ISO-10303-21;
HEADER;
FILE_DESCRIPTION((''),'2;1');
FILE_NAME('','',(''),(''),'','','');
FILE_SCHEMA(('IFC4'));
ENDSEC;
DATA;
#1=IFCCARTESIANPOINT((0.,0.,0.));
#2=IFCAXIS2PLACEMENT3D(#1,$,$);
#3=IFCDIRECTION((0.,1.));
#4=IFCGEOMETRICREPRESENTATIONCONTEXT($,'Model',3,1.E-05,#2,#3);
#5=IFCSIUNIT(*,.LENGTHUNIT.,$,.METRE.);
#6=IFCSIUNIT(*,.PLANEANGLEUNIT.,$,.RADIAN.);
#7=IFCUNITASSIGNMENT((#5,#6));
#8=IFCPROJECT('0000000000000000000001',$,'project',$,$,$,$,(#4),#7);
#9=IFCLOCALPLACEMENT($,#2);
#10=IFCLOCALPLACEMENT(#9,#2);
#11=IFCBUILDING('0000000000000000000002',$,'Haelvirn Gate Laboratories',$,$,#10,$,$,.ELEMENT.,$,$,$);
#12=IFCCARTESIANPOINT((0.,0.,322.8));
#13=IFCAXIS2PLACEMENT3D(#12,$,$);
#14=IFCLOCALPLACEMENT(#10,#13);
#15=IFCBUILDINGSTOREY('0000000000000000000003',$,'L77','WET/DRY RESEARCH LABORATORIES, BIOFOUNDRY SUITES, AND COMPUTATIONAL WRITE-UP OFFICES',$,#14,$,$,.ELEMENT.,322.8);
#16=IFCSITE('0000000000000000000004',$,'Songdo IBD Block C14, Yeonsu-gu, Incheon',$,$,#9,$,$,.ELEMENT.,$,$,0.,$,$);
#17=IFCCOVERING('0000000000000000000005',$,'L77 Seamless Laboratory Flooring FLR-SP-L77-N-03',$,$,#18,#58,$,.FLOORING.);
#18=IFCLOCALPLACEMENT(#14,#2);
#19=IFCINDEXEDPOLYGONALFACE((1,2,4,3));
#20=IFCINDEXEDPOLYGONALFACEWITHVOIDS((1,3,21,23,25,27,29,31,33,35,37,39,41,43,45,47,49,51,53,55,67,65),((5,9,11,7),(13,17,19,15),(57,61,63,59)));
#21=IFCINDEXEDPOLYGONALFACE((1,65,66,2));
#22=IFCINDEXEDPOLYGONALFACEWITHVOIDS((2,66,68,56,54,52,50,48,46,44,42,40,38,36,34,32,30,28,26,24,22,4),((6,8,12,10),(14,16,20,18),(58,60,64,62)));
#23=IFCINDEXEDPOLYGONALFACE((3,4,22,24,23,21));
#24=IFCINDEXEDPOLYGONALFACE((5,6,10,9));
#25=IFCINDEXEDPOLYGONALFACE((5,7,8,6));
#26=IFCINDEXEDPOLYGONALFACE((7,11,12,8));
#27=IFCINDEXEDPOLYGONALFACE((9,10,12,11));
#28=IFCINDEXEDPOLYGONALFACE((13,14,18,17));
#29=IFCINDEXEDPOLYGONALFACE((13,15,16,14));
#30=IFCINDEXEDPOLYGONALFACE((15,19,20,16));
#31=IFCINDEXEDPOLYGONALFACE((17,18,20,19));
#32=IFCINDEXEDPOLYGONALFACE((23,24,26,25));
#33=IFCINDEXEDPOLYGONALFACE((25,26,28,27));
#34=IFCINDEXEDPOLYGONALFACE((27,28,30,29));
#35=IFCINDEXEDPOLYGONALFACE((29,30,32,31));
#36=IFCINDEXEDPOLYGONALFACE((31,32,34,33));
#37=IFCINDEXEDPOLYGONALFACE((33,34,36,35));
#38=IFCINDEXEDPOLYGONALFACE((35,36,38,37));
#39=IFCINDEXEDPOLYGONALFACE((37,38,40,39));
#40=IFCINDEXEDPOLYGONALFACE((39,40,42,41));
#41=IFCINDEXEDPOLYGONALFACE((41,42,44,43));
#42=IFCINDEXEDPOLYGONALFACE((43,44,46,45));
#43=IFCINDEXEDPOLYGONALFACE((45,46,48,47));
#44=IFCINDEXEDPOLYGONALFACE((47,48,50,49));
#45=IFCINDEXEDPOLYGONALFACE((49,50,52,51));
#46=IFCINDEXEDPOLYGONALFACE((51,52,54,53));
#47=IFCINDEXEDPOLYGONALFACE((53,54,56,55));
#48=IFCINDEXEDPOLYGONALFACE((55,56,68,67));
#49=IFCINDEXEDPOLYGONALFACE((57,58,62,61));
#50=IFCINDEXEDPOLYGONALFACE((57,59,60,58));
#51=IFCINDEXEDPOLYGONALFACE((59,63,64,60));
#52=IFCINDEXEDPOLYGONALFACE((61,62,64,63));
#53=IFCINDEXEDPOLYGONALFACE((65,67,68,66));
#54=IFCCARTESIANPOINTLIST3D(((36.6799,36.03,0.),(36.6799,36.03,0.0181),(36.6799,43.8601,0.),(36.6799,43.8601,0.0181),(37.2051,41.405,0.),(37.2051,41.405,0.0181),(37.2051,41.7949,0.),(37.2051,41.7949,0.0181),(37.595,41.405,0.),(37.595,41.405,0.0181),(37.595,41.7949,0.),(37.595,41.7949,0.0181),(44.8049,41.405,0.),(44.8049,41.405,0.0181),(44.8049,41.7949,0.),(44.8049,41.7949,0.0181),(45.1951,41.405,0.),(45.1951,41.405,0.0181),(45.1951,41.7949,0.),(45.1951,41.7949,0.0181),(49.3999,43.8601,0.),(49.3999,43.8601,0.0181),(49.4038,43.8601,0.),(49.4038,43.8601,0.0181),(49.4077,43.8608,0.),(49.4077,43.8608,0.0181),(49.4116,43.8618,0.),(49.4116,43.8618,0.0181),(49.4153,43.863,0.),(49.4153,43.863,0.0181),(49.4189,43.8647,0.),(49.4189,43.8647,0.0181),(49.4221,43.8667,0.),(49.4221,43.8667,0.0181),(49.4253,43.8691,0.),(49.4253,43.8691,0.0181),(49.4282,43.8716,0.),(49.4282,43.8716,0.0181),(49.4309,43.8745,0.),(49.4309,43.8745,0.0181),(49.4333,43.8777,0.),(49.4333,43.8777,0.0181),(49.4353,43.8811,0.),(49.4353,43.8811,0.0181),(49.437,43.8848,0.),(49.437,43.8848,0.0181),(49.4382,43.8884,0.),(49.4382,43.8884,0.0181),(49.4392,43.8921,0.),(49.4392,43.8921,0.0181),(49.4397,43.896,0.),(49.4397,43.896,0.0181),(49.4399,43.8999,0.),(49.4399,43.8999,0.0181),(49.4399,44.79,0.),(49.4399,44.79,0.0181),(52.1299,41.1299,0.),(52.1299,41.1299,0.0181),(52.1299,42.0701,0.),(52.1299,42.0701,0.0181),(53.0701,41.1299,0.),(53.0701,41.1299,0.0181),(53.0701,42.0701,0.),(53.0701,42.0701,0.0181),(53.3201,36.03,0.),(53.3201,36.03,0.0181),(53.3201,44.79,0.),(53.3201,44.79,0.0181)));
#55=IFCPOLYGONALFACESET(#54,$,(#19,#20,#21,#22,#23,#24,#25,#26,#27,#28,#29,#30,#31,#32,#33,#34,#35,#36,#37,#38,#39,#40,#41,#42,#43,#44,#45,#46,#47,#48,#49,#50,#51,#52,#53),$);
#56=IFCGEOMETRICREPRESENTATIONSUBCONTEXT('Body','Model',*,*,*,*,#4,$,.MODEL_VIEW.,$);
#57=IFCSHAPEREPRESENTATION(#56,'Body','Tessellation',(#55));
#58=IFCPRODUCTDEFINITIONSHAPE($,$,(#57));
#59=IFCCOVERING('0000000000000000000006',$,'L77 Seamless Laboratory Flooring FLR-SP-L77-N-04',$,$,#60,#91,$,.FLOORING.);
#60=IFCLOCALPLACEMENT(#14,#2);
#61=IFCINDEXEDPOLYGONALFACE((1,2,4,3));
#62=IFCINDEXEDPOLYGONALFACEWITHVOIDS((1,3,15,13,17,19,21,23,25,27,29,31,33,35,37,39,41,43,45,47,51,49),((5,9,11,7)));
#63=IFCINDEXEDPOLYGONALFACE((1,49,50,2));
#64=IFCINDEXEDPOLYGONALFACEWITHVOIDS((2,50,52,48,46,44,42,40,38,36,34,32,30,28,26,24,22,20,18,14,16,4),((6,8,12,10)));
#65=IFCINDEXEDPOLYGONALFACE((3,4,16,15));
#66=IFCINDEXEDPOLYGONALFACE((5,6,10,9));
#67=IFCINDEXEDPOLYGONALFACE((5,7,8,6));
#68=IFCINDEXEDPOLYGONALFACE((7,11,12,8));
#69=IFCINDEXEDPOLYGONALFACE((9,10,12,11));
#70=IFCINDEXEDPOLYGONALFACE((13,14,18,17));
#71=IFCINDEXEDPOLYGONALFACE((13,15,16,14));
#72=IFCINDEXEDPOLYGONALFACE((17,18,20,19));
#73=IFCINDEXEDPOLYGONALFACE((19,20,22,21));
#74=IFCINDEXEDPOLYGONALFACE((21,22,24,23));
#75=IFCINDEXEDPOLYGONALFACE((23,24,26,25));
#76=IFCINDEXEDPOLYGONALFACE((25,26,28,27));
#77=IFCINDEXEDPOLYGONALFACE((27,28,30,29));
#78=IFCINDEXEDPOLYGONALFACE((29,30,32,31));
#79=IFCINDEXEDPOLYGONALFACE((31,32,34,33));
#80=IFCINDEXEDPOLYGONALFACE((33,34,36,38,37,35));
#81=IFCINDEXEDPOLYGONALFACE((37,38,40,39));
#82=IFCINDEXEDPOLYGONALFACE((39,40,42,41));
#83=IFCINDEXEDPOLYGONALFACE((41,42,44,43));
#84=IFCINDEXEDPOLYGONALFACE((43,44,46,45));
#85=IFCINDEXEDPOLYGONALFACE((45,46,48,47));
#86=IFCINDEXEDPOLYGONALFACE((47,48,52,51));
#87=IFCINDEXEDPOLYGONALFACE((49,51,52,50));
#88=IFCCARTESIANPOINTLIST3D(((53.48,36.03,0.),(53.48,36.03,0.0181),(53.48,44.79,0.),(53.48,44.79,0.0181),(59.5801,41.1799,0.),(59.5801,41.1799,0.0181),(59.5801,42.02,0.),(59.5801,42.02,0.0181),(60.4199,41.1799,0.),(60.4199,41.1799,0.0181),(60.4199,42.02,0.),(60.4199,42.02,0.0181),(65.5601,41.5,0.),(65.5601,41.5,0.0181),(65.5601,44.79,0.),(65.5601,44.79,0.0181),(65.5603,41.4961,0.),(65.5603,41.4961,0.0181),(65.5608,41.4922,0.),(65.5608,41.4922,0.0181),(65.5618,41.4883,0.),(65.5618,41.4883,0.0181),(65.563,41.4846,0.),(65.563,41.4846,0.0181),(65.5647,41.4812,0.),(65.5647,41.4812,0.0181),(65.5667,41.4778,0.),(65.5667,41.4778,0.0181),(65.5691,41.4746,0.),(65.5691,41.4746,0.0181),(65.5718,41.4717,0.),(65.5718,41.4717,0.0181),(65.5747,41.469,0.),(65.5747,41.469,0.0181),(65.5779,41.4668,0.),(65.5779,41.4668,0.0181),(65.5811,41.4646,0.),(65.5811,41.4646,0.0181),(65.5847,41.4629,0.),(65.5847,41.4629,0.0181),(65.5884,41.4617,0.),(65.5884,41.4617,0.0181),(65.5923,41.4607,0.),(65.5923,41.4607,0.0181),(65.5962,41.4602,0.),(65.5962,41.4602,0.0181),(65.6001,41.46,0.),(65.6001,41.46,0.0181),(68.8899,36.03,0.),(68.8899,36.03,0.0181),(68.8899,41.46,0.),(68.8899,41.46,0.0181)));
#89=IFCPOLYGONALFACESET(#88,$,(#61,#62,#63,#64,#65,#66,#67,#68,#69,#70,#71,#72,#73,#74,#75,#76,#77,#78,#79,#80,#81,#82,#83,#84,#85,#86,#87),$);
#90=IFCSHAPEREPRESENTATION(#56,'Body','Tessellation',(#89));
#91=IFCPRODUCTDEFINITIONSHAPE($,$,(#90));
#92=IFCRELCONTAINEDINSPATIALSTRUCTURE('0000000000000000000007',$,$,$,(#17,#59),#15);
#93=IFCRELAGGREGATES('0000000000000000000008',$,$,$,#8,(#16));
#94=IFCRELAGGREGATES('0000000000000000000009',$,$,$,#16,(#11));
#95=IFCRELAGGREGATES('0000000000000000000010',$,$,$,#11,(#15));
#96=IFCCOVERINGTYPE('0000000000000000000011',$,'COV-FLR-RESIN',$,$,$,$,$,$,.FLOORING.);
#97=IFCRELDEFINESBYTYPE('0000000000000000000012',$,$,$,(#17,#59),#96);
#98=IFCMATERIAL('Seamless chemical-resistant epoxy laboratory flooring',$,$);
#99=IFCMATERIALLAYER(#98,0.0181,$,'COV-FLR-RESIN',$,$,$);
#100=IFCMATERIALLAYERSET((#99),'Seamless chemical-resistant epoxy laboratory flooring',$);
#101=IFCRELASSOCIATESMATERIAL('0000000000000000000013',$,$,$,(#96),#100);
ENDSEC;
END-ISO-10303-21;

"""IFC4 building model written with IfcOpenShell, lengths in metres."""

from ifc_helpers import new_model, si_unit, direction, frame, origin, place, context, subcontext, project, spatial, polyline, outline, extrude, material, layer, layer_set, type_object, element, save


model = new_model("IFC4")

# Units and contexts
model_context = context("Model", 3, precision=1e-05, world=origin(), true_north=direction((0.0, 1.0)))
body_context = subcontext(model_context, "Body", "Model", "MODEL_VIEW")
ifc_project = project(units=[si_unit("LENGTHUNIT", "METRE"), si_unit("PLANEANGLEUNIT", "RADIAN")], contexts=[model_context])

# Site, building, storey
site_placement = place(None, origin())
site = spatial("IfcSite", under=ifc_project, at=site_placement, Name="Songdo IBD Block C14, Yeonsu-gu, Incheon", CompositionType="ELEMENT", RefElevation=0.0)
building_placement = place(site_placement, origin())
building = spatial("IfcBuilding", under=site, at=building_placement, Name="Haelvirn Gate Laboratories", CompositionType="ELEMENT")
storey_placement = place(building_placement, frame((0.0, 0.0, 322.8)))
storey = spatial("IfcBuildingStorey", under=building, at=storey_placement, Name="L77", Description="WET/DRY RESEARCH LABORATORIES, BIOFOUNDRY SUITES, AND COMPUTATIONAL WRITE-UP OFFICES", CompositionType="ELEMENT", Elevation=322.8)

# Coverings
ifc_material_1 = material(Name="Seamless chemical-resistant epoxy laboratory flooring")
ifc_layer_1 = layer(ifc_material_1, 0.0181, Name="COV-FLR-RESIN")
ifc_layer_set_1 = layer_set([ifc_layer_1], Name="Seamless chemical-resistant epoxy laboratory flooring")
covering_type = type_object("IfcCoveringType", Name="COV-FLR-RESIN", PredefinedType="FLOORING", material=ifc_layer_set_1)
covering_1_placement = place(storey_placement, origin())
element("IfcCovering", 1, at=covering_1_placement, inside=storey, type_object=covering_type, Name="L77 Seamless Laboratory Flooring FLR-SP-L77-N-03", PredefinedType="FLOORING", context=body_context, shape_type="SweptSolid", body=[
    extrude(outline(polyline([(49.3999, 43.8601), (49.4038, 43.8601), (49.4077, 43.8608), (49.4116, 43.8618), (49.4153, 43.863), (49.4189, 43.8647), (49.4221, 43.8667), (49.4253, 43.8691), (49.4282, 43.8716), (49.4309, 43.8745), (49.4333, 43.8777), (49.4353, 43.8811), (49.437, 43.8848), (49.4382, 43.8884), (49.4392, 43.8921), (49.4397, 43.896), (49.4399, 43.8999), (49.4399, 44.79), (53.3201, 44.79), (53.3201, 36.03), (36.6799, 36.03), (36.6799, 43.8601), (49.3999, 43.8601)]), holes=[polyline([(53.0701, 41.1299), (53.0701, 42.0701), (52.1299, 42.0701), (52.1299, 41.1299), (53.0701, 41.1299)]), polyline([(37.2051, 41.405), (37.595, 41.405), (37.595, 41.7949), (37.2051, 41.7949), (37.2051, 41.405)]), polyline([(44.8049, 41.7949), (44.8049, 41.405), (45.1951, 41.405), (45.1951, 41.7949), (44.8049, 41.7949)])]), origin(), (0.0, 0.0, 1.0), 0.0181),
])
covering_2_placement = place(storey_placement, origin())
element("IfcCovering", 2, at=covering_2_placement, inside=storey, type_object=covering_type, Name="L77 Seamless Laboratory Flooring FLR-SP-L77-N-04", PredefinedType="FLOORING", context=body_context, shape_type="SweptSolid", body=[
    extrude(outline(polyline([(53.48, 44.79), (65.5601, 44.79), (65.5601, 41.5), (65.5603, 41.4961), (65.5608, 41.4922), (65.5618, 41.4883), (65.563, 41.4846), (65.5647, 41.4812), (65.5667, 41.4778), (65.5691, 41.4746), (65.5718, 41.4717), (65.5747, 41.469), (65.5779, 41.4668), (65.5811, 41.4646), (65.5847, 41.4629), (65.5884, 41.4617), (65.5923, 41.4607), (65.5962, 41.4602), (65.6001, 41.46), (68.8899, 41.46), (68.8899, 36.03), (53.48, 36.03), (53.48, 44.79)]), holes=[polyline([(59.5801, 42.02), (59.5801, 41.1799), (60.4199, 41.1799), (60.4199, 42.02), (59.5801, 42.02)])]), origin(), (0.0, 0.0, 1.0), 0.0181),
])

save(model, "model.ifc")
